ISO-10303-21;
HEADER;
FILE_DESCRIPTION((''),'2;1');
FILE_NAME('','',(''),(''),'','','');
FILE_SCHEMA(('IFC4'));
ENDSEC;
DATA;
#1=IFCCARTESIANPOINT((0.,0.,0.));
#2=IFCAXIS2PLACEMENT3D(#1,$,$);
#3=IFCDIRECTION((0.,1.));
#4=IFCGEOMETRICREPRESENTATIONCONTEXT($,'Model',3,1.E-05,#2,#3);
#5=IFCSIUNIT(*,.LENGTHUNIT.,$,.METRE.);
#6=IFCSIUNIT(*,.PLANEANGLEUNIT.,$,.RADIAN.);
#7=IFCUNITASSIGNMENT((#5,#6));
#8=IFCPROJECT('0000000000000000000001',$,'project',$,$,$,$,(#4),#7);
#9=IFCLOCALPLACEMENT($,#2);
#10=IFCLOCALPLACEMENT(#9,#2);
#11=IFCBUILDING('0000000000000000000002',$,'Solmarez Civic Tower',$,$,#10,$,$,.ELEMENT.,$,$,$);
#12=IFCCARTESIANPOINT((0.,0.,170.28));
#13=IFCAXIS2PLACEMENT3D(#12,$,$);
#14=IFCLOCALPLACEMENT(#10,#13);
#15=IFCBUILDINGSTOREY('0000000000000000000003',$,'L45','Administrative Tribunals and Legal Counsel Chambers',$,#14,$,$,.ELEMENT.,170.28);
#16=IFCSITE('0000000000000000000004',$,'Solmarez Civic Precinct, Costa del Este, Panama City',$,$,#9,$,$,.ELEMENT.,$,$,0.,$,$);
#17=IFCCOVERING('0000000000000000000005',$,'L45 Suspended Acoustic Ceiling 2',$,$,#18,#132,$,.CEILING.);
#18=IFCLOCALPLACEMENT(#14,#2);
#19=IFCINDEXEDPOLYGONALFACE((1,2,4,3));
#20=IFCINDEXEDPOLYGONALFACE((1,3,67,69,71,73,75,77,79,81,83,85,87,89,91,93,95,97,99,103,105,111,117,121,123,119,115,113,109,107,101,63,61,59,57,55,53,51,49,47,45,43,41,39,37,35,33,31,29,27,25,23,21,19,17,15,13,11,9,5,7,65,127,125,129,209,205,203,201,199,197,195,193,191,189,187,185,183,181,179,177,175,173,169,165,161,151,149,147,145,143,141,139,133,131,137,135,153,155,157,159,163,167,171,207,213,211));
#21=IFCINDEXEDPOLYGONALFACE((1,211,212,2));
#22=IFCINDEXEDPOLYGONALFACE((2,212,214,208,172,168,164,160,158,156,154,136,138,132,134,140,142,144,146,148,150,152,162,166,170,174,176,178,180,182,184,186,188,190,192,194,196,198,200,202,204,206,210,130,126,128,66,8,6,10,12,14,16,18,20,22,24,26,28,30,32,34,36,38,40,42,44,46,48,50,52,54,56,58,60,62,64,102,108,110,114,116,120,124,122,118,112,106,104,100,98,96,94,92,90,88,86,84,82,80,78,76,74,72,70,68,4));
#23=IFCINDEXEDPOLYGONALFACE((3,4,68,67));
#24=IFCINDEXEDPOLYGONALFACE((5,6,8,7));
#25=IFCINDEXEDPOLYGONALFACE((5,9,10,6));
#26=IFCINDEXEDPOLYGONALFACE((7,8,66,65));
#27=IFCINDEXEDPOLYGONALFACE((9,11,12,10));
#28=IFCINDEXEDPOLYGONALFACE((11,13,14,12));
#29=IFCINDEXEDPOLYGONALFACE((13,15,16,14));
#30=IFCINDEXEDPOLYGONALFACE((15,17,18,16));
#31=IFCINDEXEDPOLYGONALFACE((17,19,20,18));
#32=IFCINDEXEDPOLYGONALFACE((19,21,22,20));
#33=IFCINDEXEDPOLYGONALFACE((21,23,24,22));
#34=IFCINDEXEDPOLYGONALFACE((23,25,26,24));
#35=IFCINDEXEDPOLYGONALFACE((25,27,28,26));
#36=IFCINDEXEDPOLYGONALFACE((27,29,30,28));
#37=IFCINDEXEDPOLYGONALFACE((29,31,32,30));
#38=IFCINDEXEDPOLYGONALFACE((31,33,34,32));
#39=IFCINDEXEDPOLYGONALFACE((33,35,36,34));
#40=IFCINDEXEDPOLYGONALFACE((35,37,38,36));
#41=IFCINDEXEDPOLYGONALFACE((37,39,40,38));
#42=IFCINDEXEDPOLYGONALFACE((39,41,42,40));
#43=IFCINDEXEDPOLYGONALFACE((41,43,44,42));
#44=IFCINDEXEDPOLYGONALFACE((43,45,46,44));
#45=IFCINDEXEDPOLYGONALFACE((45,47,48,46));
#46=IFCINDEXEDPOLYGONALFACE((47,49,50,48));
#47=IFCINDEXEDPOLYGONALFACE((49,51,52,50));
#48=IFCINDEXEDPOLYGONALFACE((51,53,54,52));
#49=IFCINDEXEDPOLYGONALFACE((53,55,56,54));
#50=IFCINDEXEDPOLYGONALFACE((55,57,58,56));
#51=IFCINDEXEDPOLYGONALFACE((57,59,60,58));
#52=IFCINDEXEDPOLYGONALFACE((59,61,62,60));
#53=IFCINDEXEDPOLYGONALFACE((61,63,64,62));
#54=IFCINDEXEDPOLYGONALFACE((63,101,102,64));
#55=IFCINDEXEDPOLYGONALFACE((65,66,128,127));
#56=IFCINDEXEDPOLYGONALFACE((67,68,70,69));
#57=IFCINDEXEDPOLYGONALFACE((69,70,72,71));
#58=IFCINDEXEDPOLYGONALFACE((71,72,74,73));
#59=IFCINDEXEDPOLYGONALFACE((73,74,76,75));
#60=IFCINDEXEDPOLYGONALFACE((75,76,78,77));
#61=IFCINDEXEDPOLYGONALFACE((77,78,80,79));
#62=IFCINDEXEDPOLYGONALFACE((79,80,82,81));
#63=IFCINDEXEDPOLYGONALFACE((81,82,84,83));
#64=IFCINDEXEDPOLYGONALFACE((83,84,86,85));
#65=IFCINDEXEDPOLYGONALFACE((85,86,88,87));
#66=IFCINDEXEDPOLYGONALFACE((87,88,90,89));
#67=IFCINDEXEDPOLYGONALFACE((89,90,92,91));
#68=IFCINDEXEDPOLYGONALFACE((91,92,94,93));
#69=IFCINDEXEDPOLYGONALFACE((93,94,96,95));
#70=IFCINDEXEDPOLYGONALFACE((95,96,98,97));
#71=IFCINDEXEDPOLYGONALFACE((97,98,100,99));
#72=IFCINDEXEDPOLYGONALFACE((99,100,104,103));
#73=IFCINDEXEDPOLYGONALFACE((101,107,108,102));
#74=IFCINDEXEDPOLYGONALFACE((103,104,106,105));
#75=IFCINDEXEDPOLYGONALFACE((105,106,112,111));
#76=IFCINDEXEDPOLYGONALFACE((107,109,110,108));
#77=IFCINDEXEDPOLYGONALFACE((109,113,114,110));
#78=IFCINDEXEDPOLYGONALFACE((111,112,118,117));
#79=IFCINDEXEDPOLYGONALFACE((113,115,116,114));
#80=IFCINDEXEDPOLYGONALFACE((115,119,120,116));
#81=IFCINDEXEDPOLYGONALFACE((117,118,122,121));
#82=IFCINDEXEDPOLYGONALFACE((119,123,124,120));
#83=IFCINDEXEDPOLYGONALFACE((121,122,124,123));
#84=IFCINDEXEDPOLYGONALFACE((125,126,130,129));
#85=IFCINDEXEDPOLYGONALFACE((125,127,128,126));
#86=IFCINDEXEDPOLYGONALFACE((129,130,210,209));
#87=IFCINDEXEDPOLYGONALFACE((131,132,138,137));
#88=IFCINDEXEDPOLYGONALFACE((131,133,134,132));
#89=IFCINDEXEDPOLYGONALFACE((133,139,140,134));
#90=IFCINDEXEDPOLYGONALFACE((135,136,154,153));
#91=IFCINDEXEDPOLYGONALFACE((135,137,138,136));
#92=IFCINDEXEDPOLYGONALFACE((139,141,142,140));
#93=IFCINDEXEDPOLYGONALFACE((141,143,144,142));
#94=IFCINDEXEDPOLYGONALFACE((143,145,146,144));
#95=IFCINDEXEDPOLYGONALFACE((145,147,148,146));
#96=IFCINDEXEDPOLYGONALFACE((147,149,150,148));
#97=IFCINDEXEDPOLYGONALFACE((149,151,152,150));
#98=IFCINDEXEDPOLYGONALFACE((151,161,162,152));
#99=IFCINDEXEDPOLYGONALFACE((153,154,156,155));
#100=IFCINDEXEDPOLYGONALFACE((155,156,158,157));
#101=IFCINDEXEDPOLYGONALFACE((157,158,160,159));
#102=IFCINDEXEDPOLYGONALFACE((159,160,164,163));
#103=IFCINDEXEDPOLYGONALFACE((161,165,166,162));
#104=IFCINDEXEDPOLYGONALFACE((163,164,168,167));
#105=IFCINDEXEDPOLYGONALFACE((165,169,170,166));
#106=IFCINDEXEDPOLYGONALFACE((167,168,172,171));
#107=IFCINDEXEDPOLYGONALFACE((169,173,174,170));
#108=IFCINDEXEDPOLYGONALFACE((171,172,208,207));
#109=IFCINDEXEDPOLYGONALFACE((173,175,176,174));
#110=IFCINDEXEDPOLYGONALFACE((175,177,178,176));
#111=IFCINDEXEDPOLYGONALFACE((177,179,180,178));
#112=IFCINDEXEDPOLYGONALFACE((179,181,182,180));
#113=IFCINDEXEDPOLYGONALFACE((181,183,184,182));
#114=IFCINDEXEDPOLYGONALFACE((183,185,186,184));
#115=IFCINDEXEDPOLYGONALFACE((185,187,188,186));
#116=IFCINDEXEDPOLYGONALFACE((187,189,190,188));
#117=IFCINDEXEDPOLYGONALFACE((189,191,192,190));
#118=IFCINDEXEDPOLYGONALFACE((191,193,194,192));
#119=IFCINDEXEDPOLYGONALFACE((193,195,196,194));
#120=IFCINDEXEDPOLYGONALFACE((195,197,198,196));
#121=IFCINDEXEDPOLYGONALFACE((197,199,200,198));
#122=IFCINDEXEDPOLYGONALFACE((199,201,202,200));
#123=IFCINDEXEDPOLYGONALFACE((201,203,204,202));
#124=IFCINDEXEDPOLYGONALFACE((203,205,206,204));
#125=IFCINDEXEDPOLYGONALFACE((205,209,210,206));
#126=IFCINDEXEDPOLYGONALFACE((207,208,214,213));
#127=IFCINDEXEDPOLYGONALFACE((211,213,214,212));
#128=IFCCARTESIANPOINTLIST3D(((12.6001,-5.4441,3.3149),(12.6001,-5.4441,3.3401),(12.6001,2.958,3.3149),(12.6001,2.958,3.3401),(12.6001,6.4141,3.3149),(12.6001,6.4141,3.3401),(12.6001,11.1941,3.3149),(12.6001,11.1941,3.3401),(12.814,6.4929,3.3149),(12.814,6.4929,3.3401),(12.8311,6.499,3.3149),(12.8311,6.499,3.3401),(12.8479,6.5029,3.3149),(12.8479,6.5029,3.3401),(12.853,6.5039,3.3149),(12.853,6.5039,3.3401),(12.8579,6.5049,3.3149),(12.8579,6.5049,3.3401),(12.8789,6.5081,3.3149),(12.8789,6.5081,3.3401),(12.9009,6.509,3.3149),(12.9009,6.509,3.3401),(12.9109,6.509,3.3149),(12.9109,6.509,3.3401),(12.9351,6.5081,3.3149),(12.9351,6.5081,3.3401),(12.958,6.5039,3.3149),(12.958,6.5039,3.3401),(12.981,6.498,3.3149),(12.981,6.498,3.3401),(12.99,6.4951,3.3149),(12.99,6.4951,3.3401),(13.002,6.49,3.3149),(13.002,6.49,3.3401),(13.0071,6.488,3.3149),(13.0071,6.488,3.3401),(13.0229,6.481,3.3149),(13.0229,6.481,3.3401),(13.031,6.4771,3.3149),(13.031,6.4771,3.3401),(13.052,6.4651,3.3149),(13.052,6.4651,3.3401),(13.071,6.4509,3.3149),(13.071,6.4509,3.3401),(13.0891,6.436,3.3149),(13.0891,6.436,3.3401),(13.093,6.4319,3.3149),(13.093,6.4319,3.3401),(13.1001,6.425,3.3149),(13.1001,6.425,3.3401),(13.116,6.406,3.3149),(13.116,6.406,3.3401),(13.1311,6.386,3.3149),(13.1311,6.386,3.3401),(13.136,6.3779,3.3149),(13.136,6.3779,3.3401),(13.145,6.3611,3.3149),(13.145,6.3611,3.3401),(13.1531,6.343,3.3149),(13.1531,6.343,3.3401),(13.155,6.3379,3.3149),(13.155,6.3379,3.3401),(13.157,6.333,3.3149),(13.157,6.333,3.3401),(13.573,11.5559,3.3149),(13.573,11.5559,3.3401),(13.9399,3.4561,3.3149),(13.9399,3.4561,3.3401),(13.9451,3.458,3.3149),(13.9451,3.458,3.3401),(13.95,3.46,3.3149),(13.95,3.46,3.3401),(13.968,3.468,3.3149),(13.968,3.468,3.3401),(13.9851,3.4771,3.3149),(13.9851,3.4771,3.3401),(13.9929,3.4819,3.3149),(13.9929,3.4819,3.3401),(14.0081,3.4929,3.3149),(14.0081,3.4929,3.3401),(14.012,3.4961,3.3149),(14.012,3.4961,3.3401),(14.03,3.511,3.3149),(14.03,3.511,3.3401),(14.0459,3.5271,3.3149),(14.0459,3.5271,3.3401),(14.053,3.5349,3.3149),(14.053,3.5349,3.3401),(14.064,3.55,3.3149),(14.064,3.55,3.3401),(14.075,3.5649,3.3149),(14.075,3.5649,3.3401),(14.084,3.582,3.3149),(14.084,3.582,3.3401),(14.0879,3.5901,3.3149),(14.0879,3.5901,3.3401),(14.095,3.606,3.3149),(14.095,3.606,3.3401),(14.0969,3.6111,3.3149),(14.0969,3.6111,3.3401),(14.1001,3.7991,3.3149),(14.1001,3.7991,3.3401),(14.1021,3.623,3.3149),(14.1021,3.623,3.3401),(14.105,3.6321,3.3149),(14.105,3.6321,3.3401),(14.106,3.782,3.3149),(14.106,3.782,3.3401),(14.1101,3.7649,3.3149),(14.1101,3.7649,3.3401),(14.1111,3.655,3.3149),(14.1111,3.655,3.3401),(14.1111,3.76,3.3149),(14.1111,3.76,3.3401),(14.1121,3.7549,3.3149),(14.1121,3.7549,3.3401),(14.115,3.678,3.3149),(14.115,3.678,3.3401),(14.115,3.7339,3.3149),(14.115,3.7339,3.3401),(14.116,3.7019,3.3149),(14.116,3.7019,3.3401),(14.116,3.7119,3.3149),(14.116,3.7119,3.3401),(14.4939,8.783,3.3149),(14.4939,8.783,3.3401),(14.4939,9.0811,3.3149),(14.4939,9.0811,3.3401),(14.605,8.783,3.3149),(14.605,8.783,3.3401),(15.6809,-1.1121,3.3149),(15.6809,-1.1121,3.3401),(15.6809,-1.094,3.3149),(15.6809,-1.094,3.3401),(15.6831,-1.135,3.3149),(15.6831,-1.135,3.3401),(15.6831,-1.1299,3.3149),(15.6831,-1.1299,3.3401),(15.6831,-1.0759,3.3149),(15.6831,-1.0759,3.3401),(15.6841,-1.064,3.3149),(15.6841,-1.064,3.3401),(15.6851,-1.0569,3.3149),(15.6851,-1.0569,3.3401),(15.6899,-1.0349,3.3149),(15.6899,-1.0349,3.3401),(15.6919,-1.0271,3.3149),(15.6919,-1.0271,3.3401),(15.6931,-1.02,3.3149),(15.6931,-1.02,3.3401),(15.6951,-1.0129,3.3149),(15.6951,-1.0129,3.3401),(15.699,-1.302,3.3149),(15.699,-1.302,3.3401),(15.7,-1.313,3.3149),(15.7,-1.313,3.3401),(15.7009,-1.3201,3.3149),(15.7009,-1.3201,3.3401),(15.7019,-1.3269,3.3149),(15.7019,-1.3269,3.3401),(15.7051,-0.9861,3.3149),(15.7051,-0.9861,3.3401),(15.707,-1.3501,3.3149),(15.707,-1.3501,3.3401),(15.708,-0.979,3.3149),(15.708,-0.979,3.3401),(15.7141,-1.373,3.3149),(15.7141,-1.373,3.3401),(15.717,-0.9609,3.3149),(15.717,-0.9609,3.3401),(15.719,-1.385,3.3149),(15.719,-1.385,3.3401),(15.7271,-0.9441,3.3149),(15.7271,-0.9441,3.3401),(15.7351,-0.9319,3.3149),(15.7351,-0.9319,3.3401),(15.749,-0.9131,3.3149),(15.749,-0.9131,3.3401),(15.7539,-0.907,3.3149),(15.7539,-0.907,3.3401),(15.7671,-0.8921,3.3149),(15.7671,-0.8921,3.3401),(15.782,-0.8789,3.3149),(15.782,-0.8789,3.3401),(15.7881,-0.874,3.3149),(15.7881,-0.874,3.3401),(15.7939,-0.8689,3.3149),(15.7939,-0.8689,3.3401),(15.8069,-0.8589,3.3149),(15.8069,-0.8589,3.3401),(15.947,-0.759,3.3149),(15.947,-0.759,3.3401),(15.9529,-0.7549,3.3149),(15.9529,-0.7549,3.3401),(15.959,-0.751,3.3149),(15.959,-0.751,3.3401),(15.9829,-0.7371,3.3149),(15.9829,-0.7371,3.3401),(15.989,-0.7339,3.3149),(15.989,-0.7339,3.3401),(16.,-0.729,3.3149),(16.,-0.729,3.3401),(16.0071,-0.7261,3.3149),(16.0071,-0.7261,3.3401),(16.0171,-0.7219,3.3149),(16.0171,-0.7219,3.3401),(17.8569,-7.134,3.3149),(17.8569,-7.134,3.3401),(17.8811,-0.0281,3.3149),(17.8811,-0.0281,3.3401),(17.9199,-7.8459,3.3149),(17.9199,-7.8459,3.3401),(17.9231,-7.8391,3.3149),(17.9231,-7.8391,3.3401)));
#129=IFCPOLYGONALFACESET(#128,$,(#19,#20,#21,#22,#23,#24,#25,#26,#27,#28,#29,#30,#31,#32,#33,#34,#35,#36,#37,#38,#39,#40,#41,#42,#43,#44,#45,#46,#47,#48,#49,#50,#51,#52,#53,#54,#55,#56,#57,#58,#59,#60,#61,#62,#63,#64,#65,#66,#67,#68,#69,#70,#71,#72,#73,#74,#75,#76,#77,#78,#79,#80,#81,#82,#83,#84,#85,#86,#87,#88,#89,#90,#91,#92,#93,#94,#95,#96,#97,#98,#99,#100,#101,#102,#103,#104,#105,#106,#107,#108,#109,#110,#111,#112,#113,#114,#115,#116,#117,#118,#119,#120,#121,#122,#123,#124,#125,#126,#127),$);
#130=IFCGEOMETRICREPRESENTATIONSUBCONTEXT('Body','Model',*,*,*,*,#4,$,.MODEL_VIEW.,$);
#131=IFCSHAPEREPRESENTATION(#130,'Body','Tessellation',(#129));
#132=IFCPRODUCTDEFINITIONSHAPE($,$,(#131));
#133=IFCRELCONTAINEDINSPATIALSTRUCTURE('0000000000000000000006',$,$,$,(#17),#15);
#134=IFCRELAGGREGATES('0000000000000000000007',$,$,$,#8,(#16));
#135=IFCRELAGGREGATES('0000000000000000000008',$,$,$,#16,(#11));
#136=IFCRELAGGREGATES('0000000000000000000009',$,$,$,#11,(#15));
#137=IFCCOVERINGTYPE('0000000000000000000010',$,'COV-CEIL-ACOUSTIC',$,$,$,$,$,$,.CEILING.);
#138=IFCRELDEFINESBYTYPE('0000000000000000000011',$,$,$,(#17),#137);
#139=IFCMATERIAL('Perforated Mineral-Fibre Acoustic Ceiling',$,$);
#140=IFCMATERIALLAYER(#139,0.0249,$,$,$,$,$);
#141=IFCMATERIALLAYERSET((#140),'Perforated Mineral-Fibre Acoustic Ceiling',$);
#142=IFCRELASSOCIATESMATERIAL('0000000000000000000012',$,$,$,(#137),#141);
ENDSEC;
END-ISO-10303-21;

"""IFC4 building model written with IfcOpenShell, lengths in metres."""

from ifc_helpers import new_model, si_unit, direction, frame, origin, place, context, subcontext, project, spatial, polyline, outline, extrude, material, layer, layer_set, type_object, element, save


model = new_model("IFC4")

# Units and contexts
model_context = context("Model", 3, precision=1e-05, world=origin(), true_north=direction((0.0, 1.0)))
body_context = subcontext(model_context, "Body", "Model", "MODEL_VIEW")
ifc_project = project(units=[si_unit("LENGTHUNIT", "METRE"), si_unit("PLANEANGLEUNIT", "RADIAN")], contexts=[model_context])

# Site, building, storey
site_placement = place(None, origin())
site = spatial("IfcSite", under=ifc_project, at=site_placement, Name="Solmarez Civic Precinct, Costa del Este, Panama City", CompositionType="ELEMENT", RefElevation=0.0)
building_placement = place(site_placement, origin())
building = spatial("IfcBuilding", under=site, at=building_placement, Name="Solmarez Civic Tower", CompositionType="ELEMENT")
storey_placement = place(building_placement, frame((0.0, 0.0, 170.28)))
storey = spatial("IfcBuildingStorey", under=building, at=storey_placement, Name="L45", Description="Administrative Tribunals and Legal Counsel Chambers", CompositionType="ELEMENT", Elevation=170.28)

# Covering
ifc_material_1 = material(Name="Perforated Mineral-Fibre Acoustic Ceiling")
ifc_layer_1 = layer(ifc_material_1, 0.0249)
ifc_layer_set_1 = layer_set([ifc_layer_1], Name="Perforated Mineral-Fibre Acoustic Ceiling")
covering_type_1 = type_object("IfcCoveringType", Name="COV-CEIL-ACOUSTIC", PredefinedType="CEILING", material=ifc_layer_set_1)
covering_1_placement = place(storey_placement, frame((0.0, 0.0, 3.3149)))
element("IfcCovering", 1, at=covering_1_placement, inside=storey, type_object=covering_type_1, Name="L45 Suspended Acoustic Ceiling 2", PredefinedType="CEILING", context=body_context, shape_type="SweptSolid", body=[
    extrude(outline(polyline([(12.6001, 11.1941), (12.6001, 6.4141), (12.814, 6.4929), (12.8311, 6.499), (12.8479, 6.5029), (12.853, 6.5039), (12.8579, 6.5049), (12.8789, 6.5081), (12.9009, 6.509), (12.9109, 6.509), (12.9351, 6.5081), (12.958, 6.5039), (12.981, 6.498), (12.99, 6.4951), (13.002, 6.49), (13.0071, 6.488), (13.0229, 6.481), (13.031, 6.4771), (13.052, 6.4651), (13.071, 6.4509), (13.0891, 6.436), (13.093, 6.4319), (13.1001, 6.425), (13.116, 6.406), (13.1311, 6.386), (13.136, 6.3779), (13.145, 6.3611), (13.1531, 6.343), (13.155, 6.3379), (13.157, 6.333), (14.1001, 3.7991), (14.106, 3.782), (14.1101, 3.7649), (14.1111, 3.76), (14.1121, 3.7549), (14.115, 3.7339), (14.116, 3.7119), (14.116, 3.7019), (14.115, 3.678), (14.1111, 3.655), (14.105, 3.6321), (14.1021, 3.623), (14.0969, 3.6111), (14.095, 3.606), (14.0879, 3.5901), (14.084, 3.582), (14.075, 3.5649), (14.064, 3.55), (14.053, 3.5349), (14.0459, 3.5271), (14.03, 3.511), (14.012, 3.4961), (14.0081, 3.4929), (13.9929, 3.4819), (13.9851, 3.4771), (13.968, 3.468), (13.95, 3.46), (13.9451, 3.458), (13.9399, 3.4561), (12.6001, 2.958), (12.6001, -5.4441), (17.9199, -7.8459), (17.9231, -7.8391), (17.8569, -7.134), (15.719, -1.385), (15.7141, -1.373), (15.707, -1.3501), (15.7019, -1.3269), (15.7009, -1.3201), (15.7, -1.313), (15.699, -1.302), (15.6831, -1.135), (15.6831, -1.1299), (15.6809, -1.1121), (15.6809, -1.094), (15.6831, -1.0759), (15.6841, -1.064), (15.6851, -1.0569), (15.6899, -1.0349), (15.6919, -1.0271), (15.6931, -1.02), (15.6951, -1.0129), (15.7051, -0.9861), (15.708, -0.979), (15.717, -0.9609), (15.7271, -0.9441), (15.7351, -0.9319), (15.749, -0.9131), (15.7539, -0.907), (15.7671, -0.8921), (15.782, -0.8789), (15.7881, -0.874), (15.7939, -0.8689), (15.8069, -0.8589), (15.947, -0.759), (15.9529, -0.7549), (15.959, -0.751), (15.9829, -0.7371), (15.989, -0.7339), (16.0, -0.729), (16.0071, -0.7261), (16.0171, -0.7219), (17.8811, -0.0281), (14.605, 8.783), (14.4939, 8.783), (14.4939, 9.0811), (13.573, 11.5559), (12.6001, 11.1941)])), origin(), (0.0, 0.0, 1.0), 0.0251),
])

save(model, "model.ifc")
